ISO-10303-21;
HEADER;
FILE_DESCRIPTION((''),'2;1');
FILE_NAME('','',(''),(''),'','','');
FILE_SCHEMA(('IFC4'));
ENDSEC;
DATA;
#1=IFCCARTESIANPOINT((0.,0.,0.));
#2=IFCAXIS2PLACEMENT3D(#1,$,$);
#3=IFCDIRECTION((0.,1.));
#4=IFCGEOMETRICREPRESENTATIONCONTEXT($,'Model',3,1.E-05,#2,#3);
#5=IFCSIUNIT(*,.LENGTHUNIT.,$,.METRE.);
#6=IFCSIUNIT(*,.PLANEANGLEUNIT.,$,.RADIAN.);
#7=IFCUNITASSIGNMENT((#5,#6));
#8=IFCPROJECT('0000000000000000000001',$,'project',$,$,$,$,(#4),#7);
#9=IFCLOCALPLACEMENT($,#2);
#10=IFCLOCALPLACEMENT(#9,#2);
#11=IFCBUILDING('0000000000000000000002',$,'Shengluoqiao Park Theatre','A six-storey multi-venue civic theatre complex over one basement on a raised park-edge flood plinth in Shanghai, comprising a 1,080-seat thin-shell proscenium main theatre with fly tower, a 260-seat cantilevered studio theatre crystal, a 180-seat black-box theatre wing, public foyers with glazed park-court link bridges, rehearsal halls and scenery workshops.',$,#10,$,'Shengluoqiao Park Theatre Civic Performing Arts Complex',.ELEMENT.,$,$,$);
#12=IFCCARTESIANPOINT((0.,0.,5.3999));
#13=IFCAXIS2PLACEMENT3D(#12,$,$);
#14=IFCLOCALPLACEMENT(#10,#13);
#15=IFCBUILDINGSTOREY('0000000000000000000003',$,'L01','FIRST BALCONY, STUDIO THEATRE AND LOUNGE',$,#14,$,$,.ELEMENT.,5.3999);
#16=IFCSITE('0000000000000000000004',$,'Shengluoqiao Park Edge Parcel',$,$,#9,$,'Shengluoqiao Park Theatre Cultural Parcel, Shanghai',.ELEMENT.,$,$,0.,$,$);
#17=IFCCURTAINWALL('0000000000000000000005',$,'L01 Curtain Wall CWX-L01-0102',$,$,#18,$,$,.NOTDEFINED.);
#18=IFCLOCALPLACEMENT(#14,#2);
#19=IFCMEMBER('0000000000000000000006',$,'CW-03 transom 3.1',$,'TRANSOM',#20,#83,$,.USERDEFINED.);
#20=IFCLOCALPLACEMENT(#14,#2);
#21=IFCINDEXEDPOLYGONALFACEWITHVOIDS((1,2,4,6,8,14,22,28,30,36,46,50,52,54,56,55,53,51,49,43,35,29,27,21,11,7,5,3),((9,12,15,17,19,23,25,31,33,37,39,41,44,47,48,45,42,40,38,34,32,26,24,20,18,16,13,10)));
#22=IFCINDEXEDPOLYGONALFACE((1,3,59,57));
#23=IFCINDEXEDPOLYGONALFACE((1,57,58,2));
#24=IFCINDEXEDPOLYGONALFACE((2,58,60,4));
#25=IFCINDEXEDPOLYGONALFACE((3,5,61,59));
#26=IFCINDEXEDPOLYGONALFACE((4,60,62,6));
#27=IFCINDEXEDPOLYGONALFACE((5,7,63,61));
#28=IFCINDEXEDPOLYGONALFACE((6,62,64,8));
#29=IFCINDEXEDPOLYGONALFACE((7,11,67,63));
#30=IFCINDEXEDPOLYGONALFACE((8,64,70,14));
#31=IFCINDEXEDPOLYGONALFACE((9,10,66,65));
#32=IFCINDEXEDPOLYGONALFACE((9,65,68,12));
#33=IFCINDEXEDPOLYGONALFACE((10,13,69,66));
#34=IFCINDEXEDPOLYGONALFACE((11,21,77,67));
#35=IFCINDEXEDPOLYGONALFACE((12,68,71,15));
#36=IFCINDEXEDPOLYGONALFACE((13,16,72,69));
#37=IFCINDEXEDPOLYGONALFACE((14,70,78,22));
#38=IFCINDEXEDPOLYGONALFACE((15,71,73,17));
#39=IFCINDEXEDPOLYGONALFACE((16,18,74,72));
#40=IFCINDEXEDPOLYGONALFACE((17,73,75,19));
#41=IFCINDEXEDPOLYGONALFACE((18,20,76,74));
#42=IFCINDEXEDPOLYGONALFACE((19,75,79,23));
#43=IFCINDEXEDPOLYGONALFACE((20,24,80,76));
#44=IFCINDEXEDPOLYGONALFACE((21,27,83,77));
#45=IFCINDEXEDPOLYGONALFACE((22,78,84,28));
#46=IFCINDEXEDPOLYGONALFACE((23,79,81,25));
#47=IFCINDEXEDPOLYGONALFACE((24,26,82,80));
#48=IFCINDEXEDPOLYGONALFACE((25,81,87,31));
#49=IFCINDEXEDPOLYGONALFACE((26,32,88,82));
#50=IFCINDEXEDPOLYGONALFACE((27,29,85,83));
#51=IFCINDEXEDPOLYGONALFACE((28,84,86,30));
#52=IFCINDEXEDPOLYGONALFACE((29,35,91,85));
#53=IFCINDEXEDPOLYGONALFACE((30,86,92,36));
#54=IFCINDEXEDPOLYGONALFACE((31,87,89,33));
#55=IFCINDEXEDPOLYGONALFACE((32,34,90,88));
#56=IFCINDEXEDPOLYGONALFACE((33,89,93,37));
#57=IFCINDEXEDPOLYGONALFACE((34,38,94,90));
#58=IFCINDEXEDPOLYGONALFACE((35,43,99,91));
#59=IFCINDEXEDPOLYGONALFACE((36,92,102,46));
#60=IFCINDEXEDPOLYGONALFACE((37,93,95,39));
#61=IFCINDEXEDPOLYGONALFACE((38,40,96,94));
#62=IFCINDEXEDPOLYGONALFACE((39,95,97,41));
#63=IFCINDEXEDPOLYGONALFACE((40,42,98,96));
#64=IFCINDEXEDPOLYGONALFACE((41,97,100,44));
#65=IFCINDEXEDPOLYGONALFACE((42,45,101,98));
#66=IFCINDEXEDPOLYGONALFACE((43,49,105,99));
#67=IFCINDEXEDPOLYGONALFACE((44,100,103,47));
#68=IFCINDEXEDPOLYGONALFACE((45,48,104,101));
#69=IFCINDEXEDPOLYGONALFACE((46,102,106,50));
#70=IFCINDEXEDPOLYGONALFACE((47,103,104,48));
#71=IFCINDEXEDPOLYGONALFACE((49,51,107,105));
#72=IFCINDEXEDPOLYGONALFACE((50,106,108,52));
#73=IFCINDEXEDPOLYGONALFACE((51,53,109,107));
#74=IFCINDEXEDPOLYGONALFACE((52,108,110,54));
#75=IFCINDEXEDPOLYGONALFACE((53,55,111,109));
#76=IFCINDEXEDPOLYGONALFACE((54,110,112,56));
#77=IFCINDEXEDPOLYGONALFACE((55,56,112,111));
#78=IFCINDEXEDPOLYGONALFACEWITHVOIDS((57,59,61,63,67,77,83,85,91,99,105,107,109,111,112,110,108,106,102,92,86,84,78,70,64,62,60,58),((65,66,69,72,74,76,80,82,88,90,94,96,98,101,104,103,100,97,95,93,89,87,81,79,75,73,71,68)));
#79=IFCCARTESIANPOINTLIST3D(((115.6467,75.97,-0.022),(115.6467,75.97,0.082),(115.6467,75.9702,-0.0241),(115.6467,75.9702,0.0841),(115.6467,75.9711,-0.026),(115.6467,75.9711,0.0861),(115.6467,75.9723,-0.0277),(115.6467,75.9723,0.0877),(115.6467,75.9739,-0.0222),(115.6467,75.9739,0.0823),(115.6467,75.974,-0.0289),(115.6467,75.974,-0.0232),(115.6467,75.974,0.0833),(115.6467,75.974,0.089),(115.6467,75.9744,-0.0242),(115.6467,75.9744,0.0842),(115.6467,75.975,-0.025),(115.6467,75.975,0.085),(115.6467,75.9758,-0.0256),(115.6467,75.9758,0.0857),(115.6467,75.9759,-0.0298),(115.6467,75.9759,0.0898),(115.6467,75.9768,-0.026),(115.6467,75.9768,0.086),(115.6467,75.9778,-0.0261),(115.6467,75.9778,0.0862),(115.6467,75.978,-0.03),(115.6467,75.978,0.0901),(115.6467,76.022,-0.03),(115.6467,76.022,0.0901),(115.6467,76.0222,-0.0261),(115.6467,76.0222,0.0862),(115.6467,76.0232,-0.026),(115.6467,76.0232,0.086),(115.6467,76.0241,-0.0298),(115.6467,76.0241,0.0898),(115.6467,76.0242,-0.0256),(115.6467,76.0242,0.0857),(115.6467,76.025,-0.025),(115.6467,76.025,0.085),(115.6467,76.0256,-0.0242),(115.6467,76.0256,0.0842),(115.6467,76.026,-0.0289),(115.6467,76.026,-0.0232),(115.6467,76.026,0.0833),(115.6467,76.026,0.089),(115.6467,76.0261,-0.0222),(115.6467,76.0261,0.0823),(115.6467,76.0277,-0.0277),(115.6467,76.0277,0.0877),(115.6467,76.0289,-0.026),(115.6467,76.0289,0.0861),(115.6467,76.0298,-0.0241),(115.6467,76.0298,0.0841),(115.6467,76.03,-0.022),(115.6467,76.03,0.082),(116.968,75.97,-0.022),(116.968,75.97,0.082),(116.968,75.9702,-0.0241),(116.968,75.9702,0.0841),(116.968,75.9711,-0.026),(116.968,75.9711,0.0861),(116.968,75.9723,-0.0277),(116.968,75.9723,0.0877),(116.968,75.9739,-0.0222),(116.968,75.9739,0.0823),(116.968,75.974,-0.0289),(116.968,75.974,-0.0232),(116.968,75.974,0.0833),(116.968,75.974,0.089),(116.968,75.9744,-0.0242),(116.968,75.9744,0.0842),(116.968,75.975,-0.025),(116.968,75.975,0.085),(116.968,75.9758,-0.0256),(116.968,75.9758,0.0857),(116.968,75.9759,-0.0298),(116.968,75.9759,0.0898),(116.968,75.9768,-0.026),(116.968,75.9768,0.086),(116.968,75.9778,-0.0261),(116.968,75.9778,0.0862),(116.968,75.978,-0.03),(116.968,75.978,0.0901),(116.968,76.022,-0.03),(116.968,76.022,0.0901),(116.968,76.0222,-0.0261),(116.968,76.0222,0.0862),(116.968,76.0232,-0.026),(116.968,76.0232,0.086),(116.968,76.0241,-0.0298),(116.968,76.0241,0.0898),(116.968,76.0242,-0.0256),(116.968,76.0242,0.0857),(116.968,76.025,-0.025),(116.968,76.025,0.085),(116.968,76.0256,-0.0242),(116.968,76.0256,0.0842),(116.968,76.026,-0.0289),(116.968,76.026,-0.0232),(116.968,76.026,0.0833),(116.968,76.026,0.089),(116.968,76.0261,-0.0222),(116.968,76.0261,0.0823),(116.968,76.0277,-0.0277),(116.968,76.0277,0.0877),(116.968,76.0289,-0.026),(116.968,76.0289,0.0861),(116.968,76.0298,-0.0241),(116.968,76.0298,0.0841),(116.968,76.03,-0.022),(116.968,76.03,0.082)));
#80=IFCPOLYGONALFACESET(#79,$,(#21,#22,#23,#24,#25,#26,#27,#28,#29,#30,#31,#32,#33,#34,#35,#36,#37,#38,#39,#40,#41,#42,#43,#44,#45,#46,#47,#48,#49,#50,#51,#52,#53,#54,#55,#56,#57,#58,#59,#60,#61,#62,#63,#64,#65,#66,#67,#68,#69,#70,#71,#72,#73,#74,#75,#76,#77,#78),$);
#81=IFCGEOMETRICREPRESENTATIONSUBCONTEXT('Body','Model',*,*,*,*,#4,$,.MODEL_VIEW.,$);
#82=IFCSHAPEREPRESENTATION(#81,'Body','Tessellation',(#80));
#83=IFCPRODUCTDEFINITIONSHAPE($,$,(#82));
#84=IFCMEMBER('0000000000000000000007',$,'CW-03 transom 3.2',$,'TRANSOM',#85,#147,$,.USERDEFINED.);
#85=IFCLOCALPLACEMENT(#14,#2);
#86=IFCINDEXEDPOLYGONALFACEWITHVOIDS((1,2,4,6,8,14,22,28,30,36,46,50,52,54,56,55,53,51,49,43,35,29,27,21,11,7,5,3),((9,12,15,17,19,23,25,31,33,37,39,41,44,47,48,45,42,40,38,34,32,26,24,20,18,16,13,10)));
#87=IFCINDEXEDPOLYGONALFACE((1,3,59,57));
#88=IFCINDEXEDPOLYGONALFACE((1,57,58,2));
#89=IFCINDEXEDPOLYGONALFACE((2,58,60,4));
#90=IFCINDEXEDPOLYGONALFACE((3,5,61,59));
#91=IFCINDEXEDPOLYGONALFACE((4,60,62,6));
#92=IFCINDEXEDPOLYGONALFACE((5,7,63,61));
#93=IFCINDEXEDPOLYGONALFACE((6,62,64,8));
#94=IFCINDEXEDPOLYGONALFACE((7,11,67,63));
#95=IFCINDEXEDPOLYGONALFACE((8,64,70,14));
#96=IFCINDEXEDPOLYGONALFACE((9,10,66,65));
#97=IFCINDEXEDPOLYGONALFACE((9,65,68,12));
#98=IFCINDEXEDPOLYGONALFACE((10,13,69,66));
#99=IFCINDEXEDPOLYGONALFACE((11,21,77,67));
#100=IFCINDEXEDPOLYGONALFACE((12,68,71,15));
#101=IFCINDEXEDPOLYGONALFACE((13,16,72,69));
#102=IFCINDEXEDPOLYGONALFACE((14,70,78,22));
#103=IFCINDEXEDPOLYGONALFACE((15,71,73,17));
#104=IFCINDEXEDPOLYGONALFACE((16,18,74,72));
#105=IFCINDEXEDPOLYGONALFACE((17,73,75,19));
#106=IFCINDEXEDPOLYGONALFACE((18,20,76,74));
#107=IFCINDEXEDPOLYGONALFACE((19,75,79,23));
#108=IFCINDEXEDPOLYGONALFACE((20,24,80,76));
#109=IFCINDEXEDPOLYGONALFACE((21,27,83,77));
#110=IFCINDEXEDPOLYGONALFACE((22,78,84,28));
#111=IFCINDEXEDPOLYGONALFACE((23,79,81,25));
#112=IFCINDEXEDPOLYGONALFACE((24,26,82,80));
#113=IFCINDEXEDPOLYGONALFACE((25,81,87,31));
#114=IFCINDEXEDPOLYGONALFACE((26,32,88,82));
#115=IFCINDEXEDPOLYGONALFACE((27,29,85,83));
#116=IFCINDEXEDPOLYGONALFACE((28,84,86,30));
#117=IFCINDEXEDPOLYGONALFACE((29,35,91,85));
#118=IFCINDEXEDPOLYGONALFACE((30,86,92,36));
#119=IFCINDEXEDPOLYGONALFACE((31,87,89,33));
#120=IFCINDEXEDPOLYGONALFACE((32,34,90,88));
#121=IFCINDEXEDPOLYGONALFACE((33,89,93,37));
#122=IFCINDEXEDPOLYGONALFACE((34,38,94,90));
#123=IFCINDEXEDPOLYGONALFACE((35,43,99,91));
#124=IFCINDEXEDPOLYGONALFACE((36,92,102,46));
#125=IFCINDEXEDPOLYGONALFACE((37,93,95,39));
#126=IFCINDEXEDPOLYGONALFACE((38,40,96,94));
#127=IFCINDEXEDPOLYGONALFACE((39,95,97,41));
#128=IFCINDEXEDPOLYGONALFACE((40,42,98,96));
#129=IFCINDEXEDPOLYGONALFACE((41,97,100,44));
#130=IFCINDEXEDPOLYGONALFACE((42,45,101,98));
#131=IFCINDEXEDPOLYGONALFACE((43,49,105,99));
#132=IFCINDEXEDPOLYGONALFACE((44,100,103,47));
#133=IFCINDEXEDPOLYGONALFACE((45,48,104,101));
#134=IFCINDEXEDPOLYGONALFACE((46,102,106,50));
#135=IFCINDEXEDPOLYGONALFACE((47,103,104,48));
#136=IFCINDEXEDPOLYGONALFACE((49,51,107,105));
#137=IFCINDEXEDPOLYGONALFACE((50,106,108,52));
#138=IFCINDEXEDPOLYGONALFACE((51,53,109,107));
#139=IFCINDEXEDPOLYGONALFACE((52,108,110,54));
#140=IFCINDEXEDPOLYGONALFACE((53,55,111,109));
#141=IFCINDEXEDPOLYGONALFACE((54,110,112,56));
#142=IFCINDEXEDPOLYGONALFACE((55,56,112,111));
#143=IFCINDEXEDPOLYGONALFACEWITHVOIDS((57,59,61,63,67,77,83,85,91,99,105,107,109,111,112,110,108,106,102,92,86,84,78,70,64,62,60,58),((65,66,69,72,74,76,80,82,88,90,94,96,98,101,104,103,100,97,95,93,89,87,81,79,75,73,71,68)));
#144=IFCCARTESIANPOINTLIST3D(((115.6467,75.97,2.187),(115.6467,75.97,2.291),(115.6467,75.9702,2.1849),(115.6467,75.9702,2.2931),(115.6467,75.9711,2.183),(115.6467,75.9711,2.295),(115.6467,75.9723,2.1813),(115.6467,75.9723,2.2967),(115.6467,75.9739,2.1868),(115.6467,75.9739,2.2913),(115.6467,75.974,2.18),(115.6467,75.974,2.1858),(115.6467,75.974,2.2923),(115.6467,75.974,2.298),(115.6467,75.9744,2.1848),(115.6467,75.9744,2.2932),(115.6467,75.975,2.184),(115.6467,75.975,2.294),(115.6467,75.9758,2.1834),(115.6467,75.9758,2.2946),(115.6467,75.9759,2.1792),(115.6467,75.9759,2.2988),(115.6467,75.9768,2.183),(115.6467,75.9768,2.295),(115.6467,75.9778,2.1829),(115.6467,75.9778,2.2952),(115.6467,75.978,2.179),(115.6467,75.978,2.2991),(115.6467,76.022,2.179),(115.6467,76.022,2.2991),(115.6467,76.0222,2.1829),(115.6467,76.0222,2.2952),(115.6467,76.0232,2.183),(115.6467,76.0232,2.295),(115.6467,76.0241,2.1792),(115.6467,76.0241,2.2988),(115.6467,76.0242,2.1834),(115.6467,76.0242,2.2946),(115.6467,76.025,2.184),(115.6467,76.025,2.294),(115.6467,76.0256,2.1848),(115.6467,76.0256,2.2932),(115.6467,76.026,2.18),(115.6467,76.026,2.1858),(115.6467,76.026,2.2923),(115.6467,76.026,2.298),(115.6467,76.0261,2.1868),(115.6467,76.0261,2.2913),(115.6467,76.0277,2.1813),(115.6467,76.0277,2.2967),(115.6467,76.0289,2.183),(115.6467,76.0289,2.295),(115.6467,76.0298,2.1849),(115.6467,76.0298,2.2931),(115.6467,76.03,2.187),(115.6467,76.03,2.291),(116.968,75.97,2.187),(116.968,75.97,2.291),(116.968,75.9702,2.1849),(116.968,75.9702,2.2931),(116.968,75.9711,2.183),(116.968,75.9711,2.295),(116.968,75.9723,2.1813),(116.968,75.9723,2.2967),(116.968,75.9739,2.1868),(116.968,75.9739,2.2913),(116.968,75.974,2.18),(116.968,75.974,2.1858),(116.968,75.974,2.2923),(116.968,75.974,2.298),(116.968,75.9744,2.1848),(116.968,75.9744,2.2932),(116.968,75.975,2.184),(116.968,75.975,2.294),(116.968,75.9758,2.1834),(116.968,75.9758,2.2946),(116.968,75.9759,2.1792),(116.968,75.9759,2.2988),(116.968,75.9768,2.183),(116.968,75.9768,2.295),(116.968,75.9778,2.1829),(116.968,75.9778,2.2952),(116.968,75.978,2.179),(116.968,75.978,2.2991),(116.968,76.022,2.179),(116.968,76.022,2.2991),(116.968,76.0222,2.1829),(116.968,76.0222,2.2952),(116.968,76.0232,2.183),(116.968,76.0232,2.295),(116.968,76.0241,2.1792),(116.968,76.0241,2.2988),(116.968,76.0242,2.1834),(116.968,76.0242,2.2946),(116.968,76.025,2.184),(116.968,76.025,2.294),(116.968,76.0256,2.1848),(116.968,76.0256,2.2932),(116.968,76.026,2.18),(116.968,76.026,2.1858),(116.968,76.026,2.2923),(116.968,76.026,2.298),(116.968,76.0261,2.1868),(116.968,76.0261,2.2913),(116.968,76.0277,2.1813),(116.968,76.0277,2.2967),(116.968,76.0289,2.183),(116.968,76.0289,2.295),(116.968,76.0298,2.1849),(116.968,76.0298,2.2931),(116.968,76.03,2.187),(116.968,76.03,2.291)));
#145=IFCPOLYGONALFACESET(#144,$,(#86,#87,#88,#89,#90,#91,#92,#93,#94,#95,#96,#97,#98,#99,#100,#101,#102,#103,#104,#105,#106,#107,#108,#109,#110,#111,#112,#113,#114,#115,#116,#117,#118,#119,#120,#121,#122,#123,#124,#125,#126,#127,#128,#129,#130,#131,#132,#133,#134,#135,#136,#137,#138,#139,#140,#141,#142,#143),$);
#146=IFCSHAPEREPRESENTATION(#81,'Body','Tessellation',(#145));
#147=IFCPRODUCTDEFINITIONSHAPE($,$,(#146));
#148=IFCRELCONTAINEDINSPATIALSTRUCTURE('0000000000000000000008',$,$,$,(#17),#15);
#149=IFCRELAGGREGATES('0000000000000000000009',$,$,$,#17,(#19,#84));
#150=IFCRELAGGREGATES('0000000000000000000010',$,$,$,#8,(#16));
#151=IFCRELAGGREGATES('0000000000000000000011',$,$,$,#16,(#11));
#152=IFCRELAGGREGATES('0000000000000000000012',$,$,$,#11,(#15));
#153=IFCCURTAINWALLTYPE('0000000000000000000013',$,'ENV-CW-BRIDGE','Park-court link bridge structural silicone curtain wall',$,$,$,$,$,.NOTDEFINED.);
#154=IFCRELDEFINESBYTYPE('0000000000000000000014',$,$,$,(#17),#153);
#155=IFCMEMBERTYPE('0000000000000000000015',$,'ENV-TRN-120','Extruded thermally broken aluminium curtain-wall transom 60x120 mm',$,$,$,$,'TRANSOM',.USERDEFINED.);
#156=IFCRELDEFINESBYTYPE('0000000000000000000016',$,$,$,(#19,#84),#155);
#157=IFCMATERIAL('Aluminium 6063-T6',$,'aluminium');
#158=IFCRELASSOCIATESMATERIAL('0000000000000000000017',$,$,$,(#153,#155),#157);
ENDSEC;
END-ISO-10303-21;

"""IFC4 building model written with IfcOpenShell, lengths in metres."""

from ifc_helpers import new_model, si_unit, direction, frame, origin, origin_2d, place, context, subcontext, project, spatial, hollow_rectangle, extrude, material, material_profile, profile_set, type_object, element, aggregate, save


model = new_model("IFC4")

# Units and contexts
model_context = context("Model", 3, precision=1e-05, world=origin(), true_north=direction((0.0, 1.0)))
body_context = subcontext(model_context, "Body", "Model", "MODEL_VIEW")
ifc_project = project(units=[si_unit("LENGTHUNIT", "METRE"), si_unit("PLANEANGLEUNIT", "RADIAN")], contexts=[model_context])

# Site, building, storey
site_placement = place(None, origin())
site = spatial("IfcSite", under=ifc_project, at=site_placement, Name="Shengluoqiao Park Edge Parcel", LongName="Shengluoqiao Park Theatre Cultural Parcel, Shanghai", CompositionType="ELEMENT", RefElevation=0.0)
building_placement = place(site_placement, origin())
building = spatial("IfcBuilding", under=site, at=building_placement, Name="Shengluoqiao Park Theatre", Description="A six-storey multi-venue civic theatre complex over one basement on a raised park-edge flood plinth in Shanghai, comprising a 1,080-seat thin-shell proscenium main theatre with fly tower, a 260-seat cantilevered studio theatre crystal, a 180-seat black-box theatre wing, public foyers with glazed park-court link bridges, rehearsal halls and scenery workshops.", LongName="Shengluoqiao Park Theatre Civic Performing Arts Complex", CompositionType="ELEMENT")
storey_placement = place(building_placement, frame((0.0, 0.0, 5.3999)))
storey = spatial("IfcBuildingStorey", under=building, at=storey_placement, Name="L01", Description="FIRST BALCONY, STUDIO THEATRE AND LOUNGE", CompositionType="ELEMENT", Elevation=5.3999)

# Curtain wall, members
ifc_material_1 = material(Name="Aluminium 6063-T6", Category="aluminium")
curtain_wall_type = type_object("IfcCurtainWallType", Name="ENV-CW-BRIDGE", Description="Park-court link bridge structural silicone curtain wall", PredefinedType="NOTDEFINED", material=ifc_material_1)
curtain_wall_placement = place(storey_placement, origin())
curtain_wall = element("IfcCurtainWall", 1, at=curtain_wall_placement, inside=storey, type_object=curtain_wall_type, Name="L01 Curtain Wall CWX-L01-0102", PredefinedType="NOTDEFINED")
ifc_material_profile_1 = material_profile(ifc_material_1, hollow_rectangle(XDim=0.0601, YDim=0.1201, WallThickness=0.0039, InnerFilletRadius=0.0039, OuterFilletRadius=0.0081, at=origin_2d()), Name="ALU TRANSOM 120x60x4")
ifc_profile_set_1 = profile_set([ifc_material_profile_1], Name="Aluminium 6063-T6")
member_type_1 = type_object("IfcMemberType", Name="ENV-TRN-120", Description="Extruded thermally broken aluminium curtain-wall transom 60x120 mm", ElementType="TRANSOM", PredefinedType="USERDEFINED", material=ifc_profile_set_1)
member_1_placement = place(storey_placement, frame((115.6467, 76.0, 0.03), z_axis=(1.0, 0.0, 0.0), x_axis=(0.0, 1.0, 0.0)))
member_1 = element("IfcMember", 2, at=member_1_placement, type_object=member_type_1, Name="CW-03 transom 3.1", ObjectType="TRANSOM", PredefinedType="USERDEFINED", context=body_context, shape_type="SweptSolid", body=[
    extrude(hollow_rectangle(XDim=0.0601, YDim=0.1201, WallThickness=0.0039, InnerFilletRadius=0.0039, OuterFilletRadius=0.0081, at=origin_2d()), origin(), (0.0, 0.0, 1.0), 1.3213),
])
member_2_placement = place(storey_placement, frame((115.6467, 76.0, 2.239), z_axis=(1.0, 0.0, 0.0), x_axis=(0.0, 1.0, 0.0)))
member_2 = element("IfcMember", 3, at=member_2_placement, type_object=member_type_1, Name="CW-03 transom 3.2", ObjectType="TRANSOM", PredefinedType="USERDEFINED", context=body_context, shape_type="SweptSolid", body=[
    extrude(hollow_rectangle(XDim=0.0601, YDim=0.1201, WallThickness=0.0039, InnerFilletRadius=0.0039, OuterFilletRadius=0.0081, at=origin_2d()), origin(), (0.0, 0.0, 1.0), 1.3213),
])

aggregate(curtain_wall, [member_1, member_2])

save(model, "model.ifc")
